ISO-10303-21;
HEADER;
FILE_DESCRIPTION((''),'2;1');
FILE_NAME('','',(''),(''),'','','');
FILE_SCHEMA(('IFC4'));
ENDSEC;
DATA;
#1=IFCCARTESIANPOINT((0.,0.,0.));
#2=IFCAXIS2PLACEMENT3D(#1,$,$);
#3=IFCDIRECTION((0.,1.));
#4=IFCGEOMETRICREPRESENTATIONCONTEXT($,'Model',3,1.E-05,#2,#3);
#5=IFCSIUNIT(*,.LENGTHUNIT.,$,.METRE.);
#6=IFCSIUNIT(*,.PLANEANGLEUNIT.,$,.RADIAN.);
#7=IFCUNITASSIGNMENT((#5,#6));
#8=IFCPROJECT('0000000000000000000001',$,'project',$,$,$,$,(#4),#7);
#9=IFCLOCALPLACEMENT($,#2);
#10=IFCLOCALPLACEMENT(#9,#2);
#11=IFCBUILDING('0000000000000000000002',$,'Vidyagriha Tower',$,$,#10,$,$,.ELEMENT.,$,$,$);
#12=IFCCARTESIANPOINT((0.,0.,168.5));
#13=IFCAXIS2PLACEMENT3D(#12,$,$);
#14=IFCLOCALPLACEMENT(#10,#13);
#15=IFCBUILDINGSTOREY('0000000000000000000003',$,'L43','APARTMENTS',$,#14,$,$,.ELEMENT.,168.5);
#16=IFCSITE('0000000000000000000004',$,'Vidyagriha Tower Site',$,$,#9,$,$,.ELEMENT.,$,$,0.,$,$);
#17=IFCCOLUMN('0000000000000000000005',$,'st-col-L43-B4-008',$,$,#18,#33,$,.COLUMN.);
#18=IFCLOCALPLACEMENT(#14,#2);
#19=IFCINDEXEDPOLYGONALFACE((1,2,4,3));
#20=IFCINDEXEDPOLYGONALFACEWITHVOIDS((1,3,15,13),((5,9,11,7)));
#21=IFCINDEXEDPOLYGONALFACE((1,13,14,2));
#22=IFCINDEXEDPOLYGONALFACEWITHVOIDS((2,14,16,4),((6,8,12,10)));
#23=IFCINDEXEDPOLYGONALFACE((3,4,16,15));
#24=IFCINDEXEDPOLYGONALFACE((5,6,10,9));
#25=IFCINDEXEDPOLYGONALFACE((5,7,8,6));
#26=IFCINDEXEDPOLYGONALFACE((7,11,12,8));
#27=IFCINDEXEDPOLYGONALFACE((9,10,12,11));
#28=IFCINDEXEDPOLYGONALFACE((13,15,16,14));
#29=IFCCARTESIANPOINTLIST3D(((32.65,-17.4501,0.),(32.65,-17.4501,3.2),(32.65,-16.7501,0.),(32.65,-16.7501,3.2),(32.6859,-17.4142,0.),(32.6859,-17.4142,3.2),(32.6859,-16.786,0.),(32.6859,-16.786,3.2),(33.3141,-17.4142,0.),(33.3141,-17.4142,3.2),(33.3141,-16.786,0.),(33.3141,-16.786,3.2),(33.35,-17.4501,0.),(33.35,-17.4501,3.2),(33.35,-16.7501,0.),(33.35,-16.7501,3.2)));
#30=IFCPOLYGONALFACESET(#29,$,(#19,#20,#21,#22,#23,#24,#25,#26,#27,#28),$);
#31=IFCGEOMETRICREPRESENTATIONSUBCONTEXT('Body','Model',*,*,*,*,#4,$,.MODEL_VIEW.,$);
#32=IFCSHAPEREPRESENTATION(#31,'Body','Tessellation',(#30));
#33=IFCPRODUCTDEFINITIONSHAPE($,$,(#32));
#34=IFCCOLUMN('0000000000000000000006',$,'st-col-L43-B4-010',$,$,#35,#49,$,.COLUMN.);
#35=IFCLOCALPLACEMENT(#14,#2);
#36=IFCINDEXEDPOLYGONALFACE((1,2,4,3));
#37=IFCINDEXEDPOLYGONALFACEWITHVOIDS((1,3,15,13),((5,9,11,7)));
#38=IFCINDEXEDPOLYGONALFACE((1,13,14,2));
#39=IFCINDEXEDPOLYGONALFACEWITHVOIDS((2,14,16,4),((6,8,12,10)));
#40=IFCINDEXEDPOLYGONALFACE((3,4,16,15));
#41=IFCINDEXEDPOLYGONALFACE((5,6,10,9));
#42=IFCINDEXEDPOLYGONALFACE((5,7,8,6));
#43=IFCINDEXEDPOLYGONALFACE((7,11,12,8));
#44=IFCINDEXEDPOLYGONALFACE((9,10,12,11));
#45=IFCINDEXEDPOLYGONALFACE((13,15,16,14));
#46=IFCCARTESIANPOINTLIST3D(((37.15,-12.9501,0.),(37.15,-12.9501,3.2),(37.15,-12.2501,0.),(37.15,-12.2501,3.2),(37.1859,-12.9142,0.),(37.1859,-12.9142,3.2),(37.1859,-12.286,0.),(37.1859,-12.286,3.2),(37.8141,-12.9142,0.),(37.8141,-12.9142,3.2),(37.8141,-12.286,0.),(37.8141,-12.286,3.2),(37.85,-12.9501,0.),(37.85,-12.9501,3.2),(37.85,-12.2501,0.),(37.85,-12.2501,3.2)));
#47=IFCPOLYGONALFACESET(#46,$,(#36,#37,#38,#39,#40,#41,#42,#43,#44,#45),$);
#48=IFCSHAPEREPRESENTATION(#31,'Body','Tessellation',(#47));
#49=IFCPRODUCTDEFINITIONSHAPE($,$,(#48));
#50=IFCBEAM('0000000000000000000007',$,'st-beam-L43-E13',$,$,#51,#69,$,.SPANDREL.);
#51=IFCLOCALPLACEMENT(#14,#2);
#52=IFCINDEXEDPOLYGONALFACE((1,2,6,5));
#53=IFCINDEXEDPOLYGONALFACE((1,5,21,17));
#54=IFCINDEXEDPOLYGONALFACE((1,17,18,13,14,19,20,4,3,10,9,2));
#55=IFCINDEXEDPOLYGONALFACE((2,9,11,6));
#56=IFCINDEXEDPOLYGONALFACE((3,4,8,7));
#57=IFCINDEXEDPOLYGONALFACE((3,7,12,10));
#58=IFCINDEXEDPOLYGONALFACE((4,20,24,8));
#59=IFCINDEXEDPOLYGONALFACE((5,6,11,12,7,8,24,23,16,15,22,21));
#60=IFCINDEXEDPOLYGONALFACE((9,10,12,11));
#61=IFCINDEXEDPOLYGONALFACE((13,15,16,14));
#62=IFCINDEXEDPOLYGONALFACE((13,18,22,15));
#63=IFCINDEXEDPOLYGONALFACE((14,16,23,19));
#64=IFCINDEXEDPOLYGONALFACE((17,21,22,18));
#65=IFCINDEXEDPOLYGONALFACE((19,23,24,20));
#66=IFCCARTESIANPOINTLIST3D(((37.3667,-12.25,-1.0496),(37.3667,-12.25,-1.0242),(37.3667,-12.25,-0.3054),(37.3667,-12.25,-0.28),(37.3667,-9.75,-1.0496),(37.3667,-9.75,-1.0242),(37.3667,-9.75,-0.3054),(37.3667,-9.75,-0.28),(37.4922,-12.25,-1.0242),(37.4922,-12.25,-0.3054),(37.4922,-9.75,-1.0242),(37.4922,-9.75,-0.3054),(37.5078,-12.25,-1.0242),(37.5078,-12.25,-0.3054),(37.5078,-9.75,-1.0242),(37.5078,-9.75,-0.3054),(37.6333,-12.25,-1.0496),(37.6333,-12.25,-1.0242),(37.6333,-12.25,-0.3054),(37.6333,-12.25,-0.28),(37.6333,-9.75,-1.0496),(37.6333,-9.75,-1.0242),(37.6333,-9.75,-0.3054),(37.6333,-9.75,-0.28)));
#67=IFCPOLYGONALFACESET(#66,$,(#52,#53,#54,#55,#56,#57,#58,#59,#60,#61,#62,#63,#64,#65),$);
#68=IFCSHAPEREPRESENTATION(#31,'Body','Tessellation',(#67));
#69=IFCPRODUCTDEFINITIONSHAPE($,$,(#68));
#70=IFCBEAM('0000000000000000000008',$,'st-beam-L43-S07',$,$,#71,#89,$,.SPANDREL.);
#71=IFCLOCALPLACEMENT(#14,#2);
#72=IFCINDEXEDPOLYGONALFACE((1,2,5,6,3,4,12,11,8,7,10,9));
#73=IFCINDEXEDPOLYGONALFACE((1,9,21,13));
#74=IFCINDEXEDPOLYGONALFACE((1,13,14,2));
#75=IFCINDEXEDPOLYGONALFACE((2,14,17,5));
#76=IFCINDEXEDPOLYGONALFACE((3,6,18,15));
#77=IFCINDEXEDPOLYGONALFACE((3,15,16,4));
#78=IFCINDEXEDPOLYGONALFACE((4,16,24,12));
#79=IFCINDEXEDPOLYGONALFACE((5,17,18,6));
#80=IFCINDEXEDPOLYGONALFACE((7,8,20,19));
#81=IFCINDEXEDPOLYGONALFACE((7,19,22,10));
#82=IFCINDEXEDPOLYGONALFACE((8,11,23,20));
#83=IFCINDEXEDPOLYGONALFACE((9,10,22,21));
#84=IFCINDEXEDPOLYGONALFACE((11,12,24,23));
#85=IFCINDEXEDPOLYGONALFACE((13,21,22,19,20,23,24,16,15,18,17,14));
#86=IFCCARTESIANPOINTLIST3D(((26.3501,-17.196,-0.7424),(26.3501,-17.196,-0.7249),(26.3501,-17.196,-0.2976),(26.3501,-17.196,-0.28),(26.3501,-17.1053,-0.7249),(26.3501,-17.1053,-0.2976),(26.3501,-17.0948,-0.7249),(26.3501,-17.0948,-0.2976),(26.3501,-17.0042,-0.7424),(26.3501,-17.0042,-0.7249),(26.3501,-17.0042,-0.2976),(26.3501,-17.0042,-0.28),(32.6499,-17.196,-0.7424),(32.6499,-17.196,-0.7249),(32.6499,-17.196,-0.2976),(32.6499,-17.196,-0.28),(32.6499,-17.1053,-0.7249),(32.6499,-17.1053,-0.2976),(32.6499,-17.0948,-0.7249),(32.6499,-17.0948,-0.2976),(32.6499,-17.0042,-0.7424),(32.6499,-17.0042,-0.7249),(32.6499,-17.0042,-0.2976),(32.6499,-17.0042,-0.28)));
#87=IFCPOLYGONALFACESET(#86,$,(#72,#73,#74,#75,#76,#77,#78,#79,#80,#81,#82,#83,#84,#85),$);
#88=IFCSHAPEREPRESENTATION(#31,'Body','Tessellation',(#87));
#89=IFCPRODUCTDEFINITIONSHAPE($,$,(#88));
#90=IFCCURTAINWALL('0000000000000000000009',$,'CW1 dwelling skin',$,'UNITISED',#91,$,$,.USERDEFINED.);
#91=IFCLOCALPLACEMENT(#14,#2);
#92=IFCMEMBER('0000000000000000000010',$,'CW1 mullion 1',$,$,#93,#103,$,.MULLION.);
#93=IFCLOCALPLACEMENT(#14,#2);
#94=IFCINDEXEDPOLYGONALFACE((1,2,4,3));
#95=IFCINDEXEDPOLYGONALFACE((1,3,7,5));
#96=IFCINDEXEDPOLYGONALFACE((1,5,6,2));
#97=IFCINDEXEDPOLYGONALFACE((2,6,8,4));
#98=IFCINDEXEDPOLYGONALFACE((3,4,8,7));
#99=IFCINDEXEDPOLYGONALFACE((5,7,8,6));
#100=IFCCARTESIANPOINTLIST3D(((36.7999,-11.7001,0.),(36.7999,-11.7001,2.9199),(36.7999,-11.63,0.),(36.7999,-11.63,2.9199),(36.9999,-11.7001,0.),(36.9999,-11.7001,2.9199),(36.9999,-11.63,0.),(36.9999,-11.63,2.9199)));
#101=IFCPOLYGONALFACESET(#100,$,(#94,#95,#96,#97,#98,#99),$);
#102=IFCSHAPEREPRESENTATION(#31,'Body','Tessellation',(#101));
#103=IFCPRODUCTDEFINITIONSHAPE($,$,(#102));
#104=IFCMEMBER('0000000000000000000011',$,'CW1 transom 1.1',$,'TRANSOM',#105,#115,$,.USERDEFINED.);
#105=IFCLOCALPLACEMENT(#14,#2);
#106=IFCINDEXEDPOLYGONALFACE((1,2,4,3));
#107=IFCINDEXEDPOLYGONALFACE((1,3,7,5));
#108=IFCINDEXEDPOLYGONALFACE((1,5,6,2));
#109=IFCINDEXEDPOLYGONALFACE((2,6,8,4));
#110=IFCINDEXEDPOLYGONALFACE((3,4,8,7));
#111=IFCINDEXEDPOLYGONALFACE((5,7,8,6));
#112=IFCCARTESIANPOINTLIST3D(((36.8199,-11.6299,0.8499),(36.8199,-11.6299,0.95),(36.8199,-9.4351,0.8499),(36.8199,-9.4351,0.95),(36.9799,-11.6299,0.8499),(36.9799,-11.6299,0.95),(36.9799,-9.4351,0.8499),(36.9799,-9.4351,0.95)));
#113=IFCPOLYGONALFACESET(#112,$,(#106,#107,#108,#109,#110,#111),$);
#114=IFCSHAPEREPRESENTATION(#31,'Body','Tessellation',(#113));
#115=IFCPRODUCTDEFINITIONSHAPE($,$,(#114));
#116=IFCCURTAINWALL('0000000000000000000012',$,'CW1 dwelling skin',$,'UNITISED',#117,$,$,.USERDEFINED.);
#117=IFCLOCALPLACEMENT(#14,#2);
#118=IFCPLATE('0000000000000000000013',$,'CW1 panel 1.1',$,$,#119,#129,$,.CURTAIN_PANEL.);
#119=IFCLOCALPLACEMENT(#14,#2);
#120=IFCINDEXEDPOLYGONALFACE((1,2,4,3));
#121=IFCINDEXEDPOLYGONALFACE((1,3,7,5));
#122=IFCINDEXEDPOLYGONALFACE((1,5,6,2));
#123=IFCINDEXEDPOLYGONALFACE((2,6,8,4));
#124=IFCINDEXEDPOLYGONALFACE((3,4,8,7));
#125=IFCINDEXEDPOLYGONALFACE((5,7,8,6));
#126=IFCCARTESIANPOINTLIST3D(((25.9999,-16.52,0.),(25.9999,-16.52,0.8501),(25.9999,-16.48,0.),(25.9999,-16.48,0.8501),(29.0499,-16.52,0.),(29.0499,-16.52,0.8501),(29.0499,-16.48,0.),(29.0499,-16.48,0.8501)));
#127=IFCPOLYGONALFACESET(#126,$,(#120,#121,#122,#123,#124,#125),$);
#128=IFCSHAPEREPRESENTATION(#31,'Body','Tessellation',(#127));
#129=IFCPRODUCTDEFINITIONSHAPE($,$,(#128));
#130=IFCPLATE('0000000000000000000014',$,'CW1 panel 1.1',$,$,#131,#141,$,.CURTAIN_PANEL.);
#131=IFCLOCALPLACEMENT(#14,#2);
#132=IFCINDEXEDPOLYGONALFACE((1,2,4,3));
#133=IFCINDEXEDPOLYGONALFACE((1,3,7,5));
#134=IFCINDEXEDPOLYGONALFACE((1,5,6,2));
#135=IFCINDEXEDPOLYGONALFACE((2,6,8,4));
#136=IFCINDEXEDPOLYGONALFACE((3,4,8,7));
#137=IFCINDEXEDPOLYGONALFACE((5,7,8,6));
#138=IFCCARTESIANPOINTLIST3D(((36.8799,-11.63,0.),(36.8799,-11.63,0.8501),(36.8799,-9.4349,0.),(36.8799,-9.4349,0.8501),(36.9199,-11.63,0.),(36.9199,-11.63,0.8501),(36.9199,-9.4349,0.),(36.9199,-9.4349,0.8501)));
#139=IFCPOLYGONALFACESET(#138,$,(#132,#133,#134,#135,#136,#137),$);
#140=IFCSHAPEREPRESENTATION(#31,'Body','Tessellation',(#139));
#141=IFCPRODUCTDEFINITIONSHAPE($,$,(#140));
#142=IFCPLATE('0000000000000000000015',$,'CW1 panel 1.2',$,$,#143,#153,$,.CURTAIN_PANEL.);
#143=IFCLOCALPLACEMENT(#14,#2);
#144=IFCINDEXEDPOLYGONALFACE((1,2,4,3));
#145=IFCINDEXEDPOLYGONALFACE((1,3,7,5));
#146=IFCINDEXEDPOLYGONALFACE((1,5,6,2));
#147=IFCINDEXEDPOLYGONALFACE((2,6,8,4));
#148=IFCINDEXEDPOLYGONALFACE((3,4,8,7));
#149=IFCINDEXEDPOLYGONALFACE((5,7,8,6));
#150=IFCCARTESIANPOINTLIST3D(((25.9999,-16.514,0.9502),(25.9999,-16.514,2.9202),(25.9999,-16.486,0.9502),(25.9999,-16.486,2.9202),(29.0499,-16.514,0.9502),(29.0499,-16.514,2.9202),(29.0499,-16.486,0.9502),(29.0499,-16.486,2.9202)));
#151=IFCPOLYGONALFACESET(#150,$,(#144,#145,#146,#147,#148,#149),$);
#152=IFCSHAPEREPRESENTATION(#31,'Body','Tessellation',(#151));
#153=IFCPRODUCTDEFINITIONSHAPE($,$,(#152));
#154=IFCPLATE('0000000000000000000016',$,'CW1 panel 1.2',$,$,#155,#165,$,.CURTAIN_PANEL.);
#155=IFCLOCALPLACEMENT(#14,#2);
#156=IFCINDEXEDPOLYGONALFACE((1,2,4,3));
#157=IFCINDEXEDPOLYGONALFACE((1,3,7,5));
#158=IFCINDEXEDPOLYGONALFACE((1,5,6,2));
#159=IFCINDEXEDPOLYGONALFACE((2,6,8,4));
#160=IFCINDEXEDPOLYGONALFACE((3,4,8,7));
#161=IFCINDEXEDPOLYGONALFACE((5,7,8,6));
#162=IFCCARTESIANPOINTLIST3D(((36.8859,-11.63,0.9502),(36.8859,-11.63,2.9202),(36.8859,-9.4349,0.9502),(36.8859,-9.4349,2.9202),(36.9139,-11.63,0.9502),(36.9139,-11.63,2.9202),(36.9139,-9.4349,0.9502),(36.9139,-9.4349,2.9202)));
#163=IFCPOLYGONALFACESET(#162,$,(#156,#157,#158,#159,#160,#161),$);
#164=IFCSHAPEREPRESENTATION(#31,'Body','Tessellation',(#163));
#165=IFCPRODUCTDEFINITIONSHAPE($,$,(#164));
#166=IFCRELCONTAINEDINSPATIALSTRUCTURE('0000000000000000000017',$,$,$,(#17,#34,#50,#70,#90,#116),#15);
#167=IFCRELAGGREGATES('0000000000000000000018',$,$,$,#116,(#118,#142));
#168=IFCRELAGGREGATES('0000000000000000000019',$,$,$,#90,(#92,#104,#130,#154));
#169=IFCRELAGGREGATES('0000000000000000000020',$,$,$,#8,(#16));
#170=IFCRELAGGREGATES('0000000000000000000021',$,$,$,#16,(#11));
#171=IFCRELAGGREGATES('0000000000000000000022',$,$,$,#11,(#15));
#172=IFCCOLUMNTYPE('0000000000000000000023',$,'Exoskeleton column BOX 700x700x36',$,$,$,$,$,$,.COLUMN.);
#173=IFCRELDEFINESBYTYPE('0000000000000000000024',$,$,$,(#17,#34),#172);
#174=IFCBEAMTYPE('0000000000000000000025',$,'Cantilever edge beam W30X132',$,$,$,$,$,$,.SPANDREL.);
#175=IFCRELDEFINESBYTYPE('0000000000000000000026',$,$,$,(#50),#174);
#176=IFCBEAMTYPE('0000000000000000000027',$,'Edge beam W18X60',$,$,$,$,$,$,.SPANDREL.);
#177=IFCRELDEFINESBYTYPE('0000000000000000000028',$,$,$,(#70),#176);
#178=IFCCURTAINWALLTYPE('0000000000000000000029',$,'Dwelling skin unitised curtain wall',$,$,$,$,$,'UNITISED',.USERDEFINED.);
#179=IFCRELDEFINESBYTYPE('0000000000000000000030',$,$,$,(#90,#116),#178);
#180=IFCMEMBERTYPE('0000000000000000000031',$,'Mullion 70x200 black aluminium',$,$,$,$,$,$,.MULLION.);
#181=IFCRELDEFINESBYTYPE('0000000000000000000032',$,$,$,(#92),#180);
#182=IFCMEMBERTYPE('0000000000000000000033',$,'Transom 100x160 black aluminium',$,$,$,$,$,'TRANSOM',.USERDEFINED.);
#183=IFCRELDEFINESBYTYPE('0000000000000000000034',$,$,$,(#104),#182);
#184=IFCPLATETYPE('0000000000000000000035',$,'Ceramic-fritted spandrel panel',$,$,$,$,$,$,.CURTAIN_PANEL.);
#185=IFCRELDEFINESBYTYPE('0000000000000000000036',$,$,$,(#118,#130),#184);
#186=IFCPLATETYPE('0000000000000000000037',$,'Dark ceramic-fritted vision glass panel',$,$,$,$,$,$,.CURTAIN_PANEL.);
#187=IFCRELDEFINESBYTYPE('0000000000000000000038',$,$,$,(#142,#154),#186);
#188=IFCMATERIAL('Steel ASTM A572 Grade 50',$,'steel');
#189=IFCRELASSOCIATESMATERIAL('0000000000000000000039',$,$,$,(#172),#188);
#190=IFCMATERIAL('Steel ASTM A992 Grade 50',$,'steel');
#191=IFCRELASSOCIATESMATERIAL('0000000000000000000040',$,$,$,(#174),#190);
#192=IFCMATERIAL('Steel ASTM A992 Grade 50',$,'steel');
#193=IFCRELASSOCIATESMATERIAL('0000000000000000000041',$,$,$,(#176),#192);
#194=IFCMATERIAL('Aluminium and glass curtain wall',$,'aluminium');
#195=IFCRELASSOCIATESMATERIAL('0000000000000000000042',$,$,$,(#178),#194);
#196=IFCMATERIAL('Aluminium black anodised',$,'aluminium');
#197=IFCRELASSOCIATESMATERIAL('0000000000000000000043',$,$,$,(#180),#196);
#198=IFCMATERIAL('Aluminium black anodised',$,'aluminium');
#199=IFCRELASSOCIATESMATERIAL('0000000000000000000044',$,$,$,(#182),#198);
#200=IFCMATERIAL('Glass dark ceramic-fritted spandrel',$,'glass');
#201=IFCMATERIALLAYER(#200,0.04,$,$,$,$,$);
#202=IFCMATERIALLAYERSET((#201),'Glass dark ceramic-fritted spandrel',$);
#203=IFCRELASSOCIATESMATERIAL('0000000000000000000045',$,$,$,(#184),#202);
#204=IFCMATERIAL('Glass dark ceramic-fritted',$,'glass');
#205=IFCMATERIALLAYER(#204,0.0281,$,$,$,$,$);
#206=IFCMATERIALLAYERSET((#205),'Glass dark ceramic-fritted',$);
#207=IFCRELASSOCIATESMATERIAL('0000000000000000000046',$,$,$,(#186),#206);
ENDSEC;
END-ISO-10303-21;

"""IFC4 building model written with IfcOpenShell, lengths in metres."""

from ifc_helpers import new_model, si_unit, direction, frame, origin, origin_2d, place, context, subcontext, project, spatial, rectangle, hollow_rectangle, i_section, extrude, material, layer, layer_set, material_profile, profile_set, type_object, element, aggregate, save


model = new_model("IFC4")

# Units and contexts
model_context = context("Model", 3, precision=1e-05, world=origin(), true_north=direction((0.0, 1.0)))
body_context = subcontext(model_context, "Body", "Model", "MODEL_VIEW")
ifc_project = project(units=[si_unit("LENGTHUNIT", "METRE"), si_unit("PLANEANGLEUNIT", "RADIAN")], contexts=[model_context])

# Site, building, storey
site_placement = place(None, origin())
site = spatial("IfcSite", under=ifc_project, at=site_placement, Name="Vidyagriha Tower Site", CompositionType="ELEMENT", RefElevation=0.0)
building_placement = place(site_placement, origin())
building = spatial("IfcBuilding", under=site, at=building_placement, Name="Vidyagriha Tower", CompositionType="ELEMENT")
storey_placement = place(building_placement, frame((0.0, 0.0, 168.5)))
storey = spatial("IfcBuildingStorey", under=building, at=storey_placement, Name="L43", Description="APARTMENTS", CompositionType="ELEMENT", Elevation=168.5)

# Columns
ifc_material_1 = material(Name="Steel ASTM A572 Grade 50", Category="steel")
ifc_material_profile_1 = material_profile(ifc_material_1, hollow_rectangle(XDim=0.7, YDim=0.7, WallThickness=0.0359, at=origin_2d()), Name="BOX 700x700x36")
ifc_profile_set_1 = profile_set([ifc_material_profile_1], Name="Steel ASTM A572 Grade 50")
column_type = type_object("IfcColumnType", Name="Exoskeleton column BOX 700x700x36", PredefinedType="COLUMN", material=ifc_profile_set_1)
for number, where, name in (
    (1, (33.0, -17.1001, 0.0), "st-col-L43-B4-008"),
    (2, (37.5, -12.6001, 0.0), "st-col-L43-B4-010"),
):
    element("IfcColumn", number, at=place(storey_placement, frame(where)), inside=storey, type_object=column_type, Name=name, PredefinedType="COLUMN", context=body_context, shape_type="SweptSolid", body=[
        extrude(hollow_rectangle(XDim=0.7, YDim=0.7, WallThickness=0.0359, at=origin_2d()), origin(), (0.0, 0.0, 1.0), 3.2),
    ])

# Beams
ifc_material_2 = material(Name="Steel ASTM A992 Grade 50", Category="steel")
ifc_material_profile_2 = material_profile(ifc_material_2, i_section(OverallWidth=0.2666, OverallDepth=0.7695, WebThickness=0.0156, FlangeThickness=0.0254, at=origin_2d()), Name="W30X132")
ifc_profile_set_2 = profile_set([ifc_material_profile_2], Name="Steel ASTM A992 Grade 50")
beam_type_1 = type_object("IfcBeamType", Name="Cantilever edge beam W30X132", PredefinedType="SPANDREL", material=ifc_profile_set_2)
beam_1_placement = place(storey_placement, frame((37.5, -12.25, -0.6648), z_axis=(0.0, 1.0, 0.0), x_axis=(-1.0, 0.0, 0.0)))
element("IfcBeam", 3, at=beam_1_placement, inside=storey, type_object=beam_type_1, Name="st-beam-L43-E13", PredefinedType="SPANDREL", context=body_context, shape_type="SweptSolid", body=[
    extrude(i_section(OverallWidth=0.2666, OverallDepth=0.7695, WebThickness=0.0156, FlangeThickness=0.0254, at=origin_2d()), origin(), (0.0, 0.0, 1.0), 2.5),
])
ifc_material_3 = material(Name="Steel ASTM A992 Grade 50", Category="steel")
ifc_material_profile_3 = material_profile(ifc_material_3, i_section(OverallWidth=0.1919, OverallDepth=0.4624, WebThickness=0.0105, FlangeThickness=0.0176, at=origin_2d()), Name="W18X60")
ifc_profile_set_3 = profile_set([ifc_material_profile_3], Name="Steel ASTM A992 Grade 50")
beam_type_2 = type_object("IfcBeamType", Name="Edge beam W18X60", PredefinedType="SPANDREL", material=ifc_profile_set_3)
beam_2_placement = place(storey_placement, frame((26.3501, -17.1001, -0.5112), z_axis=(1.0, 0.0, 0.0), x_axis=(0.0, 1.0, 0.0)))
element("IfcBeam", 4, at=beam_2_placement, inside=storey, type_object=beam_type_2, Name="st-beam-L43-S07", PredefinedType="SPANDREL", context=body_context, shape_type="SweptSolid", body=[
    extrude(i_section(OverallWidth=0.1919, OverallDepth=0.4624, WebThickness=0.0105, FlangeThickness=0.0176, at=origin_2d()), origin(), (0.0, 0.0, 1.0), 6.2998),
])

# Curtain wall, members
ifc_material_4 = material(Name="Aluminium and glass curtain wall", Category="aluminium")
curtain_wall_type = type_object("IfcCurtainWallType", Name="Dwelling skin unitised curtain wall", ElementType="UNITISED", PredefinedType="USERDEFINED", material=ifc_material_4)
curtain_wall_1_placement = place(storey_placement, origin())
curtain_wall_1 = element("IfcCurtainWall", 5, at=curtain_wall_1_placement, inside=storey, type_object=curtain_wall_type, Name="CW1 dwelling skin", ObjectType="UNITISED", PredefinedType="USERDEFINED")
ifc_material_5 = material(Name="Aluminium black anodised", Category="aluminium")
ifc_material_profile_4 = material_profile(ifc_material_5, rectangle(XDim=0.2, YDim=0.0701, at=origin_2d()), Name="Mullion 70x200 black aluminium")
ifc_profile_set_4 = profile_set([ifc_material_profile_4], Name="Aluminium black anodised")
member_type_1 = type_object("IfcMemberType", Name="Mullion 70x200 black aluminium", PredefinedType="MULLION", material=ifc_profile_set_4)
member_1_placement = place(storey_placement, frame((36.8999, -11.665, 0.0), z_axis=(0.0, 0.0, 1.0), x_axis=(-1.0, 0.0, 0.0)))
member_1 = element("IfcMember", 6, at=member_1_placement, type_object=member_type_1, Name="CW1 mullion 1", PredefinedType="MULLION", context=body_context, shape_type="SweptSolid", body=[
    extrude(rectangle(XDim=0.2, YDim=0.0701, at=origin_2d()), origin(), (0.0, 0.0, 1.0), 2.9199),
])
ifc_material_6 = material(Name="Aluminium black anodised", Category="aluminium")
ifc_material_profile_5 = material_profile(ifc_material_6, rectangle(XDim=0.1599, YDim=0.1001, at=origin_2d()), Name="Transom 100x160 black aluminium")
ifc_profile_set_5 = profile_set([ifc_material_profile_5], Name="Aluminium black anodised")
member_type_2 = type_object("IfcMemberType", Name="Transom 100x160 black aluminium", ElementType="TRANSOM", PredefinedType="USERDEFINED", material=ifc_profile_set_5)
member_2_placement = place(storey_placement, frame((36.8999, -11.6299, 0.8999), z_axis=(0.0, 1.0, 0.0), x_axis=(-1.0, 0.0, 0.0)))
member_2 = element("IfcMember", 7, at=member_2_placement, type_object=member_type_2, Name="CW1 transom 1.1", ObjectType="TRANSOM", PredefinedType="USERDEFINED", context=body_context, shape_type="SweptSolid", body=[
    extrude(rectangle(XDim=0.1599, YDim=0.1001, at=origin_2d()), origin(), (0.0, 0.0, 1.0), 2.1948),
])

# Curtain wall, plate
curtain_wall_2_placement = place(storey_placement, origin())
curtain_wall_2 = element("IfcCurtainWall", 8, at=curtain_wall_2_placement, inside=storey, type_object=curtain_wall_type, Name="CW1 dwelling skin", ObjectType="UNITISED", PredefinedType="USERDEFINED")
ifc_material_7 = material(Name="Glass dark ceramic-fritted spandrel", Category="glass")
ifc_layer_1 = layer(ifc_material_7, 0.04)
ifc_layer_set_1 = layer_set([ifc_layer_1], Name="Glass dark ceramic-fritted spandrel")
plate_type_1 = type_object("IfcPlateType", Name="Ceramic-fritted spandrel panel", PredefinedType="CURTAIN_PANEL", material=ifc_layer_set_1)
plate_1_placement = place(storey_placement, frame((27.5249, -16.5, 0.0)))
plate_1 = element("IfcPlate", 9, at=plate_1_placement, type_object=plate_type_1, Name="CW1 panel 1.1", PredefinedType="CURTAIN_PANEL", context=body_context, shape_type="SweptSolid", body=[
    extrude(rectangle(XDim=3.05, YDim=0.04, at=origin_2d()), origin(), (0.0, 0.0, 1.0), 0.8501),
])

# Plates
plate_2_placement = place(storey_placement, frame((36.8999, -10.5325, 0.0), z_axis=(0.0, 0.0, 1.0), x_axis=(0.0, 1.0, 0.0)))
plate_2 = element("IfcPlate", 10, at=plate_2_placement, type_object=plate_type_1, Name="CW1 panel 1.1", PredefinedType="CURTAIN_PANEL", context=body_context, shape_type="SweptSolid", body=[
    extrude(rectangle(XDim=2.1951, YDim=0.04, at=origin_2d()), origin(), (0.0, 0.0, 1.0), 0.8501),
])
ifc_material_8 = material(Name="Glass dark ceramic-fritted", Category="glass")
ifc_layer_2 = layer(ifc_material_8, 0.0281)
ifc_layer_set_2 = layer_set([ifc_layer_2], Name="Glass dark ceramic-fritted")
plate_type_2 = type_object("IfcPlateType", Name="Dark ceramic-fritted vision glass panel", PredefinedType="CURTAIN_PANEL", material=ifc_layer_set_2)
plate_3_placement = place(storey_placement, frame((27.5249, -16.5, 0.9502)))
plate_3 = element("IfcPlate", 11, at=plate_3_placement, type_object=plate_type_2, Name="CW1 panel 1.2", PredefinedType="CURTAIN_PANEL", context=body_context, shape_type="SweptSolid", body=[
    extrude(rectangle(XDim=3.05, YDim=0.0281, at=origin_2d()), origin(), (0.0, 0.0, 1.0), 1.97),
])
aggregate(curtain_wall_2, [plate_1, plate_3])
plate_4_placement = place(storey_placement, frame((36.8999, -10.5325, 0.9502), z_axis=(0.0, 0.0, 1.0), x_axis=(0.0, 1.0, 0.0)))
plate_4 = element("IfcPlate", 12, at=plate_4_placement, type_object=plate_type_2, Name="CW1 panel 1.2", PredefinedType="CURTAIN_PANEL", context=body_context, shape_type="SweptSolid", body=[
    extrude(rectangle(XDim=2.1951, YDim=0.0281, at=origin_2d()), origin(), (0.0, 0.0, 1.0), 1.97),
])
aggregate(curtain_wall_1, [member_1, member_2, plate_2, plate_4])

save(model, "model.ifc")
